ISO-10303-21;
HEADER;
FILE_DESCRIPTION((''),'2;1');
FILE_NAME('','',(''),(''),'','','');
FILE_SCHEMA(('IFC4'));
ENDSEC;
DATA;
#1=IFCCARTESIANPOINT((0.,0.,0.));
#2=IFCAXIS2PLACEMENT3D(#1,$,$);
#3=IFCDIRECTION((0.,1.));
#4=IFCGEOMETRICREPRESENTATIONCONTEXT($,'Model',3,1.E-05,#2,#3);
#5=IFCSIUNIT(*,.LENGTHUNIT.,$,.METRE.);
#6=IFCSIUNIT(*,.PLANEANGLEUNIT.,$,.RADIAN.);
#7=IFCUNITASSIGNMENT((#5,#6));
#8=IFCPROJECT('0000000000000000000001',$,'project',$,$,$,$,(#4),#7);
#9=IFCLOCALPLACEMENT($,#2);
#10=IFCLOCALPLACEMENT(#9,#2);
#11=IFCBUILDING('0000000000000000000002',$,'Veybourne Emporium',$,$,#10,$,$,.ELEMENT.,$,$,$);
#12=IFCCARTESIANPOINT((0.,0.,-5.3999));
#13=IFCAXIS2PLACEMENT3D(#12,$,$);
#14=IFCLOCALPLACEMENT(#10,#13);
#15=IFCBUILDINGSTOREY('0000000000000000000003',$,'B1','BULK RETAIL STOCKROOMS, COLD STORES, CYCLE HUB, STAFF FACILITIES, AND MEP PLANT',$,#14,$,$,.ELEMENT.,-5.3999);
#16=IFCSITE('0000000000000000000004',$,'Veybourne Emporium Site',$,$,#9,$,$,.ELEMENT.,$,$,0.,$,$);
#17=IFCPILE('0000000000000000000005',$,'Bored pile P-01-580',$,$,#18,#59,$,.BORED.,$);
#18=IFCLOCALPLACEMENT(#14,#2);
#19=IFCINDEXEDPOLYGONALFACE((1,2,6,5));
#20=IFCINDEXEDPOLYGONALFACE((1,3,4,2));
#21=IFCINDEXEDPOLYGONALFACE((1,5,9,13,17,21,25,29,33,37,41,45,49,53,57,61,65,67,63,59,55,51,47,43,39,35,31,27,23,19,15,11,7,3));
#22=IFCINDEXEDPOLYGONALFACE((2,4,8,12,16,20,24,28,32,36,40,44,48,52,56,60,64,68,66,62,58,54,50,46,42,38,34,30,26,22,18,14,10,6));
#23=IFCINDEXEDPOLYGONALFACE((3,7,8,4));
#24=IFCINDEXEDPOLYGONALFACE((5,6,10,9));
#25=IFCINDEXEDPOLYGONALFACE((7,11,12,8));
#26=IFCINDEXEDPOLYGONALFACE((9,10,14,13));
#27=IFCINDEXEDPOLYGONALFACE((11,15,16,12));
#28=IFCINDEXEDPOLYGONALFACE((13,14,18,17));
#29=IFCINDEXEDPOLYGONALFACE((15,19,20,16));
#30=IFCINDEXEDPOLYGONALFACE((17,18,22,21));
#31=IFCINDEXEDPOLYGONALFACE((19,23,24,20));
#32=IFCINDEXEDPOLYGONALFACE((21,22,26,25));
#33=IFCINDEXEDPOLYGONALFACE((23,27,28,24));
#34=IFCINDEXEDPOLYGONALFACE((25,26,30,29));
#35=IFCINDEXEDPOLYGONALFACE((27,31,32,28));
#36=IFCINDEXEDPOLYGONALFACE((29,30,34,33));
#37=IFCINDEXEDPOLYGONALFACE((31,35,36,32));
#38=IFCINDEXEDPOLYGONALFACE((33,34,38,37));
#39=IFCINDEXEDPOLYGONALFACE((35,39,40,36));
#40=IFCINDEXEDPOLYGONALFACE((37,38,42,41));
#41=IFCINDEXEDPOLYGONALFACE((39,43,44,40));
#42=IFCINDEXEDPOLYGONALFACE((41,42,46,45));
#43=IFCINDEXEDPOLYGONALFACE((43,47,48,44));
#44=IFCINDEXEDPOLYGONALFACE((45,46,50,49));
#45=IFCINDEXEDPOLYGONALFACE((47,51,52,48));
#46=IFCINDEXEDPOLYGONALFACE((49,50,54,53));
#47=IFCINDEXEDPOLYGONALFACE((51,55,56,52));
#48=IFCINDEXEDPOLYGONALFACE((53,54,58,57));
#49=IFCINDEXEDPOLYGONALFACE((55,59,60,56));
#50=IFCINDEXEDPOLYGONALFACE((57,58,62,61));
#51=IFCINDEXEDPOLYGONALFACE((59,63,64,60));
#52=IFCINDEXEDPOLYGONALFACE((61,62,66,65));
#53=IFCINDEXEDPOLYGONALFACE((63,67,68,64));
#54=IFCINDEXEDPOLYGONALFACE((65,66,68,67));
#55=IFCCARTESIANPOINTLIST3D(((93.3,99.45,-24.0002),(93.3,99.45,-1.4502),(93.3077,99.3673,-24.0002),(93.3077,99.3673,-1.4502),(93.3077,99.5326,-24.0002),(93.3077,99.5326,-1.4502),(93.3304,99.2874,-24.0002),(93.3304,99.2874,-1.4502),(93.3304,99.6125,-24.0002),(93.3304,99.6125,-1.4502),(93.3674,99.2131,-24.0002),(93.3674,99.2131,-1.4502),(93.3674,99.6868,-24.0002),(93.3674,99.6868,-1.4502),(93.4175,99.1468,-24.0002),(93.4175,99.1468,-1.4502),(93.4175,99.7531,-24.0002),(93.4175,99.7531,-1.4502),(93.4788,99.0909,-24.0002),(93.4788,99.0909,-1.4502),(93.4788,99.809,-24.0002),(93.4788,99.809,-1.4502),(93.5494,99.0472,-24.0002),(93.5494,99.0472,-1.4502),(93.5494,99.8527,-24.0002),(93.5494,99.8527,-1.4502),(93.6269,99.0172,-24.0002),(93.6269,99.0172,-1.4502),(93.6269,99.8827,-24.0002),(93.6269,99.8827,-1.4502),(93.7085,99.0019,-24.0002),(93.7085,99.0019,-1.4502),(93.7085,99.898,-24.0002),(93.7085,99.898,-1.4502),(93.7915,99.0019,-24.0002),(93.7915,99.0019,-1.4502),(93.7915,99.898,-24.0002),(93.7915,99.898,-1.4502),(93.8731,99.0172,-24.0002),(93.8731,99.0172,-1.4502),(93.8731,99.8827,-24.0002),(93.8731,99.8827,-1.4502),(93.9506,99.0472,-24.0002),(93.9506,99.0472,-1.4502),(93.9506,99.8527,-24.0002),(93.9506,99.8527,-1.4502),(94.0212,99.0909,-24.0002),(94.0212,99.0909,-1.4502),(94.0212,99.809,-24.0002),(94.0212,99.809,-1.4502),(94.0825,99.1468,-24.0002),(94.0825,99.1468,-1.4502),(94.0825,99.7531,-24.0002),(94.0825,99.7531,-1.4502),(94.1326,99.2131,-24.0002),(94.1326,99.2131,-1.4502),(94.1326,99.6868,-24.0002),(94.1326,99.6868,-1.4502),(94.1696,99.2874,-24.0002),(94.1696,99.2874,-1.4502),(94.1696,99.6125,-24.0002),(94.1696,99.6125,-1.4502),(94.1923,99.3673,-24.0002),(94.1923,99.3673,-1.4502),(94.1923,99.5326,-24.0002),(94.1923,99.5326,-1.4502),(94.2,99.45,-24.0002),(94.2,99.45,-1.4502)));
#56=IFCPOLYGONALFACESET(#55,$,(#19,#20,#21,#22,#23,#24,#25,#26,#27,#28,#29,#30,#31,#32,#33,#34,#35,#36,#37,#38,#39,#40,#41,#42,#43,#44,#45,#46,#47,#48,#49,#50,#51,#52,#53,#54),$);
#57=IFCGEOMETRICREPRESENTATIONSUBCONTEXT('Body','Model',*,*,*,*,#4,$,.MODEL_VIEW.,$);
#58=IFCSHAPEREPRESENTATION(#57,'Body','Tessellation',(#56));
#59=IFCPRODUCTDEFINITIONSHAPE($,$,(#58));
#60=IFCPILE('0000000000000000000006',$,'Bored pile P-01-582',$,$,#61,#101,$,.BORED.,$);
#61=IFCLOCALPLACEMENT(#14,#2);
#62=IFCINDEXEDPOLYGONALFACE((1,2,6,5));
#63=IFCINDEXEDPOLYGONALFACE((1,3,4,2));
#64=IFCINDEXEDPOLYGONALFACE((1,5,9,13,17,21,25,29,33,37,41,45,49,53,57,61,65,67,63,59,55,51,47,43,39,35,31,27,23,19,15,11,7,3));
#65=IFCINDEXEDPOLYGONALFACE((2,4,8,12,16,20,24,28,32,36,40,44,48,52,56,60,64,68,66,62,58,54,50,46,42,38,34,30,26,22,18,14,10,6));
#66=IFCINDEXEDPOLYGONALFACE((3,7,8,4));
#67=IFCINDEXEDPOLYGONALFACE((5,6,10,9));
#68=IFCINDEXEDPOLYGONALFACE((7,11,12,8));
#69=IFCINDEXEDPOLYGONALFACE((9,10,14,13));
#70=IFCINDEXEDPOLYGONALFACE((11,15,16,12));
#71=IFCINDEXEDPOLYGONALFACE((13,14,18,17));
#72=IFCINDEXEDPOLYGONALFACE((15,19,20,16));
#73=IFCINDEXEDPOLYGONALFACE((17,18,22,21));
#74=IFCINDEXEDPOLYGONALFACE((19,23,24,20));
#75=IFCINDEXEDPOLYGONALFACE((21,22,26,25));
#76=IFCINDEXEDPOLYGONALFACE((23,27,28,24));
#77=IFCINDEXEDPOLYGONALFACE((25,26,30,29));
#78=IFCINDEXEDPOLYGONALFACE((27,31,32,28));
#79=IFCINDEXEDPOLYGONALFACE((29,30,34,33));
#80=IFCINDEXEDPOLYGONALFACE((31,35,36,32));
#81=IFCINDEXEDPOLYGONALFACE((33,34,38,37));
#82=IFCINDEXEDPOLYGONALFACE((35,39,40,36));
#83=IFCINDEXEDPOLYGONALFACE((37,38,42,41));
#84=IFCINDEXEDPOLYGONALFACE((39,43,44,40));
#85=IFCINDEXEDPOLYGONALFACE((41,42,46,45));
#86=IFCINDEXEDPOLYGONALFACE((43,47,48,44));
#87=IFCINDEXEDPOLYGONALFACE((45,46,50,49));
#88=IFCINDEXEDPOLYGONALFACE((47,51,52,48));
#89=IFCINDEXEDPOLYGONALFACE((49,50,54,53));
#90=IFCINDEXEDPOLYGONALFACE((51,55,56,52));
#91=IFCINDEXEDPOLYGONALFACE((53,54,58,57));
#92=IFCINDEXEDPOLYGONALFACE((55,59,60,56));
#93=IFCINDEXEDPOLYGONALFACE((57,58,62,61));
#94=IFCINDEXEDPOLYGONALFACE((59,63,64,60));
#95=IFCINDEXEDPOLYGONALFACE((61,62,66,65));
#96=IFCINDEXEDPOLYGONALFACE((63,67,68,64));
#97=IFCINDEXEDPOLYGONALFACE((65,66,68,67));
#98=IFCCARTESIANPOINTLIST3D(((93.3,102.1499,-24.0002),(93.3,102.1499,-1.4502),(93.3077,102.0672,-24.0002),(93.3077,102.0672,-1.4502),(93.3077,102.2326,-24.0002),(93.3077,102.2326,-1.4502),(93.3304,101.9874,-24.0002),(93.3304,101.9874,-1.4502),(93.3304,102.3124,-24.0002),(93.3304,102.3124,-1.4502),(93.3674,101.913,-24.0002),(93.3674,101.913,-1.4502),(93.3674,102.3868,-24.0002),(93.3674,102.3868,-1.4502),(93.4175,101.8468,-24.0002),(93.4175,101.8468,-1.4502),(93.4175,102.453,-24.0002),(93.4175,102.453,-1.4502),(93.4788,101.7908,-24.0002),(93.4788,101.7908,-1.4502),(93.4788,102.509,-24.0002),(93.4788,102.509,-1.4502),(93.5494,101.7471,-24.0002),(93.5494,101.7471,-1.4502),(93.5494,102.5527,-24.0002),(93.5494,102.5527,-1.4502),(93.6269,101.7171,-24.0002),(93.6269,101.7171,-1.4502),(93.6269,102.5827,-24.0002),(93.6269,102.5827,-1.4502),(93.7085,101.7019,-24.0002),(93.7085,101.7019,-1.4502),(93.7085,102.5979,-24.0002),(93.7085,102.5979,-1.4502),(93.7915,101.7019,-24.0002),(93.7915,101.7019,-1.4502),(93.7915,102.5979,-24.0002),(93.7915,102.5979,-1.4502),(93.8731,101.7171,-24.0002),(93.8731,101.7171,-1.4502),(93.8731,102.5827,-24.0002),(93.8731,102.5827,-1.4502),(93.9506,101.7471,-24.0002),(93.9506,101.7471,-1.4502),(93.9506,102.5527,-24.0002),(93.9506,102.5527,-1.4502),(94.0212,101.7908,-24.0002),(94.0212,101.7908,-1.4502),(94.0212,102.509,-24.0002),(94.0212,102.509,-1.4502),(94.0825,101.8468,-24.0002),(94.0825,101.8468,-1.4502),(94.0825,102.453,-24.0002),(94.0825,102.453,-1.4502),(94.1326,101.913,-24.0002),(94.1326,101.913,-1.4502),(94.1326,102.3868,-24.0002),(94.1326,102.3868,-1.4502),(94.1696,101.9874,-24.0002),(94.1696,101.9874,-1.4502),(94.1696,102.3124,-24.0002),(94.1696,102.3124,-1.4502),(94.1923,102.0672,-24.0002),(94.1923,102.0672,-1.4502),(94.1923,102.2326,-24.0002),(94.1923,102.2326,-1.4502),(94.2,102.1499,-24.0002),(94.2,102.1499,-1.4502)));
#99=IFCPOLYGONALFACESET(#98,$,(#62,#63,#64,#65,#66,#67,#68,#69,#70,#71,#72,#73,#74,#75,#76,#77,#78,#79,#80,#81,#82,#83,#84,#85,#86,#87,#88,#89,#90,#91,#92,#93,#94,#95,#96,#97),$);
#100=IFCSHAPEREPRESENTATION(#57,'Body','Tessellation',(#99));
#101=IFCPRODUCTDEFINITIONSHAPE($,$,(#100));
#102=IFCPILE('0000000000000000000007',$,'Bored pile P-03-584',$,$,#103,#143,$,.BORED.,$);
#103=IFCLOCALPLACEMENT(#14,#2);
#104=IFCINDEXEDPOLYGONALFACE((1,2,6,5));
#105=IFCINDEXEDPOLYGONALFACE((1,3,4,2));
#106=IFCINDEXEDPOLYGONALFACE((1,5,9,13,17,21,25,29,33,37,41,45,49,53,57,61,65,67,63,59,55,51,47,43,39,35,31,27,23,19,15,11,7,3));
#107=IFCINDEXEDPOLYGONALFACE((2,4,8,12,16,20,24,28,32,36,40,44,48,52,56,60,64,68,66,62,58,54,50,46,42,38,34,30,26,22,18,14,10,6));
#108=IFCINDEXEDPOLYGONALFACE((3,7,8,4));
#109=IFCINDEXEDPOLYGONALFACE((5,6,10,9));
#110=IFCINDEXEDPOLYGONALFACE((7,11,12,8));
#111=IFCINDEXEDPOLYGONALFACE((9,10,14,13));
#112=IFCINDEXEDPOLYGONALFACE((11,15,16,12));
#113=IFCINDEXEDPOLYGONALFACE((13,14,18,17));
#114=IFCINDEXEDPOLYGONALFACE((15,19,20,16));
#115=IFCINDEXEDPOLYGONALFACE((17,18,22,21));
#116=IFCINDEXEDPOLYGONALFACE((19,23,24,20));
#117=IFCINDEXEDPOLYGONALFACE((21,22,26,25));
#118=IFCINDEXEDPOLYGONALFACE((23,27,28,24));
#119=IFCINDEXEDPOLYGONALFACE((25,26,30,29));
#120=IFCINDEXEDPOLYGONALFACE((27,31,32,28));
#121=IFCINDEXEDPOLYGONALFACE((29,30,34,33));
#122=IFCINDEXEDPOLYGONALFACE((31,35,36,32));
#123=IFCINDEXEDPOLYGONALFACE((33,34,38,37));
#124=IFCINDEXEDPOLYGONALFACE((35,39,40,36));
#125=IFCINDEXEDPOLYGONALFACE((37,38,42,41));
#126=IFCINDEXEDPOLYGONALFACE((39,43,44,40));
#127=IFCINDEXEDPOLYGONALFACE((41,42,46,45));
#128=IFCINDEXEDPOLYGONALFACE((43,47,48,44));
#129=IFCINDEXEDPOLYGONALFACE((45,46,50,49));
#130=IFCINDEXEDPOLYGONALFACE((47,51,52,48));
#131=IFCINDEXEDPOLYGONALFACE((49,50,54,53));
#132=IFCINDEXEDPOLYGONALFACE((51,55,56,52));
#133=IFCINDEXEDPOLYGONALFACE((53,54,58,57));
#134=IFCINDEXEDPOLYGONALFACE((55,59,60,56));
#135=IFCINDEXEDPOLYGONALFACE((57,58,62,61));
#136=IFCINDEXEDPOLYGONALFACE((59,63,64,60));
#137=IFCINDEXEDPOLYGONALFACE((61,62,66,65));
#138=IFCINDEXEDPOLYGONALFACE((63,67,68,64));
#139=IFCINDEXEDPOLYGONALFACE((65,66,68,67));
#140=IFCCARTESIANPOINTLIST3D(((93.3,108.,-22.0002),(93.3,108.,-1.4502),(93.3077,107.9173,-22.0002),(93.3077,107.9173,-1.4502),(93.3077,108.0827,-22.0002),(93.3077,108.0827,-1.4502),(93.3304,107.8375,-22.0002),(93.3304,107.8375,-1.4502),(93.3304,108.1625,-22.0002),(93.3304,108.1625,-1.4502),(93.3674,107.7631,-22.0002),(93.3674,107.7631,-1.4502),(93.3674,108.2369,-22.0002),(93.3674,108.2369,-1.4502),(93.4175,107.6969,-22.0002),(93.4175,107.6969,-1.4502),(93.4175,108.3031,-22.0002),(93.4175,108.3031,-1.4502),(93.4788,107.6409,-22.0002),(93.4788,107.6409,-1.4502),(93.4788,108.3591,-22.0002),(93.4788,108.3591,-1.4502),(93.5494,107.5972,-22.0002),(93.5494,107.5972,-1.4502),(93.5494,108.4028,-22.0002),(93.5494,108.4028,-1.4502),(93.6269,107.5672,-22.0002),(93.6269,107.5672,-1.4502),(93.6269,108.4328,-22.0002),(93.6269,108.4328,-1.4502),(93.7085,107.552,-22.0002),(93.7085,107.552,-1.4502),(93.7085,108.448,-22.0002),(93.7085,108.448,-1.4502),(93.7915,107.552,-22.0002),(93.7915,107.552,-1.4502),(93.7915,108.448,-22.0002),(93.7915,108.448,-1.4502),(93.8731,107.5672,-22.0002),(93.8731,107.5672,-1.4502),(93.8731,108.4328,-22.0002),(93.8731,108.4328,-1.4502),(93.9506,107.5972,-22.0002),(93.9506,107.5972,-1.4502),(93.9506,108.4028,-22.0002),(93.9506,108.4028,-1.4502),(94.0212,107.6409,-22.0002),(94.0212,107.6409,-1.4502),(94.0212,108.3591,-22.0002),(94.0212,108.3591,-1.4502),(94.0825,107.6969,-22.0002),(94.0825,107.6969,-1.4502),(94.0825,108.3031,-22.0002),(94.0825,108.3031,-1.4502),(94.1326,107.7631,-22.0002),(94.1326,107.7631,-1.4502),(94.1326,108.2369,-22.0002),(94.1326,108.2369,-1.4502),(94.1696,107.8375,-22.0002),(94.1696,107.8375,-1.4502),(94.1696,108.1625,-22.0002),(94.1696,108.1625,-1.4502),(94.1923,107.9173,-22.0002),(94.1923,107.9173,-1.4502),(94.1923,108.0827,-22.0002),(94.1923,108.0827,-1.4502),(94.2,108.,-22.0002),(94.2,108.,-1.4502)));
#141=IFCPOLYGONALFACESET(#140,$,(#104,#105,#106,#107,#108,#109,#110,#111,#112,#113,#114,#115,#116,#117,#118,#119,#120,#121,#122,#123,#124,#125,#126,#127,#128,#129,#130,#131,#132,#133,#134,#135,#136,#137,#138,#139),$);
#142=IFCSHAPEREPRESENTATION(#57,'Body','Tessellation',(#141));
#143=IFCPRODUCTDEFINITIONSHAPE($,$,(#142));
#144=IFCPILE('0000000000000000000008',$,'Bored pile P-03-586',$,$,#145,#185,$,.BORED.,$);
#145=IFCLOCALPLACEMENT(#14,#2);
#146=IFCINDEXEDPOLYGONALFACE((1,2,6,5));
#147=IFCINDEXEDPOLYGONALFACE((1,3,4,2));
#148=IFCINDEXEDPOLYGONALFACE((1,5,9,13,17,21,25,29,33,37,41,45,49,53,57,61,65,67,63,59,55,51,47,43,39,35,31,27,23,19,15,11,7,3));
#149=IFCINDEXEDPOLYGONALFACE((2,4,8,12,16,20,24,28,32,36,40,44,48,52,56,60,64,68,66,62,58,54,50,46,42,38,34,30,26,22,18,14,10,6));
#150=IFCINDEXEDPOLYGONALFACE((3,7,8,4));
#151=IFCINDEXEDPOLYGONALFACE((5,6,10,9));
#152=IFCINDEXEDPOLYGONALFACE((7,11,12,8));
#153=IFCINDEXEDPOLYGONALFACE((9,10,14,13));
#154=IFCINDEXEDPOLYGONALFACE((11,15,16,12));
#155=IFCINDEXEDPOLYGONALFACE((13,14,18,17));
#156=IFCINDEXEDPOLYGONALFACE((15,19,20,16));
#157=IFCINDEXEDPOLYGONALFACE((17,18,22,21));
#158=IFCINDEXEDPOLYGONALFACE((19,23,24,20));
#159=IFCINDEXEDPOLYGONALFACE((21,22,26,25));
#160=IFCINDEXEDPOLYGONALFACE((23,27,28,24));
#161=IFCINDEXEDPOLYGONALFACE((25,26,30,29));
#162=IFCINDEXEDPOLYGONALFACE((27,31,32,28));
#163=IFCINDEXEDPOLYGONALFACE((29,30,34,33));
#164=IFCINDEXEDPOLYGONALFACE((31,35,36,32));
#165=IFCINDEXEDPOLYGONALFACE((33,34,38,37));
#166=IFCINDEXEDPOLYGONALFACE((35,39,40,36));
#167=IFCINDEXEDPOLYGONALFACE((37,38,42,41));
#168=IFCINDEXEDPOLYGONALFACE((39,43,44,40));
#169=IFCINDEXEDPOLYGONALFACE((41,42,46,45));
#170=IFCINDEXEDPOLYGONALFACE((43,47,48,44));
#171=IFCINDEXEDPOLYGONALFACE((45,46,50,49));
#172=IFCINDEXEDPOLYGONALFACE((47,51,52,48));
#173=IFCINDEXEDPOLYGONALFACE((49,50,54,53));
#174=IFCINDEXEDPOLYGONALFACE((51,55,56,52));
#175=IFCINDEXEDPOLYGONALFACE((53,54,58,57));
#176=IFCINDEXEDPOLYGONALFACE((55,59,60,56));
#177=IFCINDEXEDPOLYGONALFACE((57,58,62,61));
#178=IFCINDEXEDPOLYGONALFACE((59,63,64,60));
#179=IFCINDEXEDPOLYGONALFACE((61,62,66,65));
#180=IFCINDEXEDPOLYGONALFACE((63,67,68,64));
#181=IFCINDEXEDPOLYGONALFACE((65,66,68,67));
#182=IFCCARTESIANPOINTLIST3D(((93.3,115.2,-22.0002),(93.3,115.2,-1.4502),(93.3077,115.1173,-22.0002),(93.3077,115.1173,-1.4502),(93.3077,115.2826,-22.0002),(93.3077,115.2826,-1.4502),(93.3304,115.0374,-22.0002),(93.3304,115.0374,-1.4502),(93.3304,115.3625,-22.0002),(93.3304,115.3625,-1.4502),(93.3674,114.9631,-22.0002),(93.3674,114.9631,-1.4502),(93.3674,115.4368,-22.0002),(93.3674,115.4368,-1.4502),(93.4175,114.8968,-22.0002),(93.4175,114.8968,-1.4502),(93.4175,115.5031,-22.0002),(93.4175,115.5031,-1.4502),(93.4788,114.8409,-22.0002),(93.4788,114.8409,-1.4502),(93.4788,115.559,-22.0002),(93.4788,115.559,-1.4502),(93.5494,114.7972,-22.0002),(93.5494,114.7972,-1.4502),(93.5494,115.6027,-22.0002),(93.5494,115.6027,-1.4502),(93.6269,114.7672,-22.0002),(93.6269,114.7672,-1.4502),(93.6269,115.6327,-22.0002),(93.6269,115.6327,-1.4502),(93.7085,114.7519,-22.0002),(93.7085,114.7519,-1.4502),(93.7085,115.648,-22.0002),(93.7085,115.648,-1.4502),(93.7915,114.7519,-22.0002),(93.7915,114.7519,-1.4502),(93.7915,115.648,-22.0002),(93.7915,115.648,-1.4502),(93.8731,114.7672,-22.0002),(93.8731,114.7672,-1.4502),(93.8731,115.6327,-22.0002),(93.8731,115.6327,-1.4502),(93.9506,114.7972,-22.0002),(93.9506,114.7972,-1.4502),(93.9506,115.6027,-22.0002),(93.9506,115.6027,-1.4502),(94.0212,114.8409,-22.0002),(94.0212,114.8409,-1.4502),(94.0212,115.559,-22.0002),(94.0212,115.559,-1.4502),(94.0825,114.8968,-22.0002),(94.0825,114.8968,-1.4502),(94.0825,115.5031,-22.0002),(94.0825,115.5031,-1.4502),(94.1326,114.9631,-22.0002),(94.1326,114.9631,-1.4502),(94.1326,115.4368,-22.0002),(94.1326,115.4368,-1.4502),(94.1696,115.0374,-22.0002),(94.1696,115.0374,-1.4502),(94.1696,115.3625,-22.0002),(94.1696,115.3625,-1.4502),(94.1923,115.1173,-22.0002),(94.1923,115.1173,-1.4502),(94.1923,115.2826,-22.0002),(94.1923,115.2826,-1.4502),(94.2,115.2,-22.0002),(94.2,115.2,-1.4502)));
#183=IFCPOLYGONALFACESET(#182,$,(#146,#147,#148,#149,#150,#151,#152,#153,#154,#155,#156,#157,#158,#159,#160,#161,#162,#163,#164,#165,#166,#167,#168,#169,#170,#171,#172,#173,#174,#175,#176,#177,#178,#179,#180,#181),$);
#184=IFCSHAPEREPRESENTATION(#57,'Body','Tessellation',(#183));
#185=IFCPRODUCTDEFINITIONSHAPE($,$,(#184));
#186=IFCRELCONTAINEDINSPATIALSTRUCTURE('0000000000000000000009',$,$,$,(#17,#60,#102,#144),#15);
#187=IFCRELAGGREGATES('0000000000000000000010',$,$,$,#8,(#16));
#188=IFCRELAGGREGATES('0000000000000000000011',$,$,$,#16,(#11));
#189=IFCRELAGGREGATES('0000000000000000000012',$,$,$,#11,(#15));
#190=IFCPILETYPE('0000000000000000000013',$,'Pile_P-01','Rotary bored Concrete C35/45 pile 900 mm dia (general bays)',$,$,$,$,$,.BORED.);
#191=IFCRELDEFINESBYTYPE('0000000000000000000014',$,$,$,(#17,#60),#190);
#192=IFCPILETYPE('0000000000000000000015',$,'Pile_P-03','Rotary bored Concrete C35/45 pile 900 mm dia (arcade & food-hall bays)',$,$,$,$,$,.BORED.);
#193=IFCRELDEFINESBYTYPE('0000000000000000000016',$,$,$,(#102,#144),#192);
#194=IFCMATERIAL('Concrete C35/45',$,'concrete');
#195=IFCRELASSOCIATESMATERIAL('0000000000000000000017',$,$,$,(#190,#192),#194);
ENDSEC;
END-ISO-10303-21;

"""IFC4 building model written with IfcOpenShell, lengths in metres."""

from ifc_helpers import new_model, si_unit, direction, frame, origin, origin_2d, place, context, subcontext, project, spatial, circle, extrude, material, material_profile, profile_set, type_object, element, save


model = new_model("IFC4")

# Units and contexts
model_context = context("Model", 3, precision=1e-05, world=origin(), true_north=direction((0.0, 1.0)))
body_context = subcontext(model_context, "Body", "Model", "MODEL_VIEW")
ifc_project = project(units=[si_unit("LENGTHUNIT", "METRE"), si_unit("PLANEANGLEUNIT", "RADIAN")], contexts=[model_context])

# Site, building, storey
site_placement = place(None, origin())
site = spatial("IfcSite", under=ifc_project, at=site_placement, Name="Veybourne Emporium Site", CompositionType="ELEMENT", RefElevation=0.0)
building_placement = place(site_placement, origin())
building = spatial("IfcBuilding", under=site, at=building_placement, Name="Veybourne Emporium", CompositionType="ELEMENT")
storey_placement = place(building_placement, frame((0.0, 0.0, -5.3999)))
storey = spatial("IfcBuildingStorey", under=building, at=storey_placement, Name="B1", Description="BULK RETAIL STOCKROOMS, COLD STORES, CYCLE HUB, STAFF FACILITIES, AND MEP PLANT", CompositionType="ELEMENT", Elevation=-5.3999)

# Shared definitions
ifc_material_1 = material(Name="Concrete C35/45", Category="concrete")

# Piles
ifc_material_profile_1 = material_profile(ifc_material_1, circle(Radius=0.45, at=origin_2d()), Name="BORED PILE 900")
ifc_profile_set_1 = profile_set([ifc_material_profile_1], Name="Concrete C35/45")
pile_type_1 = type_object("IfcPileType", Name="Pile_P-01", Description="Rotary bored Concrete C35/45 pile 900 mm dia (general bays)", PredefinedType="BORED", material=ifc_profile_set_1)
for number, where, z_axis, x_axis, name in (
    (1, (93.75, 99.45, -1.4502), (0.0, 0.0, -1.0), (1.0, 0.0, 0.0), "Bored pile P-01-580"),
    (2, (93.75, 102.1499, -1.4502), (0.0, 0.0, -1.0), (1.0, 0.0, 0.0), "Bored pile P-01-582"),
):
    element("IfcPile", number, at=place(storey_placement, frame(where, z_axis=z_axis, x_axis=x_axis)), inside=storey, type_object=pile_type_1, Name=name, PredefinedType="BORED", context=body_context, shape_type="SweptSolid", body=[
        extrude(circle(Radius=0.45, at=origin_2d()), origin(), (0.0, 0.0, 1.0), 22.55),
    ])
ifc_material_profile_2 = material_profile(ifc_material_1, circle(Radius=0.45, at=origin_2d()), Name="BORED PILE 900")
ifc_profile_set_2 = profile_set([ifc_material_profile_2], Name="Concrete C35/45")
pile_type_2 = type_object("IfcPileType", Name="Pile_P-03", Description="Rotary bored Concrete C35/45 pile 900 mm dia (arcade & food-hall bays)", PredefinedType="BORED", material=ifc_profile_set_2)
for number, where, z_axis, x_axis, name in (
    (3, (93.75, 108.0, -1.4502), (0.0, 0.0, -1.0), (1.0, 0.0, 0.0), "Bored pile P-03-584"),
    (4, (93.75, 115.2, -1.4502), (0.0, 0.0, -1.0), (1.0, 0.0, 0.0), "Bored pile P-03-586"),
):
    element("IfcPile", number, at=place(storey_placement, frame(where, z_axis=z_axis, x_axis=x_axis)), inside=storey, type_object=pile_type_2, Name=name, PredefinedType="BORED", context=body_context, shape_type="SweptSolid", body=[
        extrude(circle(Radius=0.45, at=origin_2d()), origin(), (0.0, 0.0, 1.0), 20.55),
    ])

save(model, "model.ifc")
